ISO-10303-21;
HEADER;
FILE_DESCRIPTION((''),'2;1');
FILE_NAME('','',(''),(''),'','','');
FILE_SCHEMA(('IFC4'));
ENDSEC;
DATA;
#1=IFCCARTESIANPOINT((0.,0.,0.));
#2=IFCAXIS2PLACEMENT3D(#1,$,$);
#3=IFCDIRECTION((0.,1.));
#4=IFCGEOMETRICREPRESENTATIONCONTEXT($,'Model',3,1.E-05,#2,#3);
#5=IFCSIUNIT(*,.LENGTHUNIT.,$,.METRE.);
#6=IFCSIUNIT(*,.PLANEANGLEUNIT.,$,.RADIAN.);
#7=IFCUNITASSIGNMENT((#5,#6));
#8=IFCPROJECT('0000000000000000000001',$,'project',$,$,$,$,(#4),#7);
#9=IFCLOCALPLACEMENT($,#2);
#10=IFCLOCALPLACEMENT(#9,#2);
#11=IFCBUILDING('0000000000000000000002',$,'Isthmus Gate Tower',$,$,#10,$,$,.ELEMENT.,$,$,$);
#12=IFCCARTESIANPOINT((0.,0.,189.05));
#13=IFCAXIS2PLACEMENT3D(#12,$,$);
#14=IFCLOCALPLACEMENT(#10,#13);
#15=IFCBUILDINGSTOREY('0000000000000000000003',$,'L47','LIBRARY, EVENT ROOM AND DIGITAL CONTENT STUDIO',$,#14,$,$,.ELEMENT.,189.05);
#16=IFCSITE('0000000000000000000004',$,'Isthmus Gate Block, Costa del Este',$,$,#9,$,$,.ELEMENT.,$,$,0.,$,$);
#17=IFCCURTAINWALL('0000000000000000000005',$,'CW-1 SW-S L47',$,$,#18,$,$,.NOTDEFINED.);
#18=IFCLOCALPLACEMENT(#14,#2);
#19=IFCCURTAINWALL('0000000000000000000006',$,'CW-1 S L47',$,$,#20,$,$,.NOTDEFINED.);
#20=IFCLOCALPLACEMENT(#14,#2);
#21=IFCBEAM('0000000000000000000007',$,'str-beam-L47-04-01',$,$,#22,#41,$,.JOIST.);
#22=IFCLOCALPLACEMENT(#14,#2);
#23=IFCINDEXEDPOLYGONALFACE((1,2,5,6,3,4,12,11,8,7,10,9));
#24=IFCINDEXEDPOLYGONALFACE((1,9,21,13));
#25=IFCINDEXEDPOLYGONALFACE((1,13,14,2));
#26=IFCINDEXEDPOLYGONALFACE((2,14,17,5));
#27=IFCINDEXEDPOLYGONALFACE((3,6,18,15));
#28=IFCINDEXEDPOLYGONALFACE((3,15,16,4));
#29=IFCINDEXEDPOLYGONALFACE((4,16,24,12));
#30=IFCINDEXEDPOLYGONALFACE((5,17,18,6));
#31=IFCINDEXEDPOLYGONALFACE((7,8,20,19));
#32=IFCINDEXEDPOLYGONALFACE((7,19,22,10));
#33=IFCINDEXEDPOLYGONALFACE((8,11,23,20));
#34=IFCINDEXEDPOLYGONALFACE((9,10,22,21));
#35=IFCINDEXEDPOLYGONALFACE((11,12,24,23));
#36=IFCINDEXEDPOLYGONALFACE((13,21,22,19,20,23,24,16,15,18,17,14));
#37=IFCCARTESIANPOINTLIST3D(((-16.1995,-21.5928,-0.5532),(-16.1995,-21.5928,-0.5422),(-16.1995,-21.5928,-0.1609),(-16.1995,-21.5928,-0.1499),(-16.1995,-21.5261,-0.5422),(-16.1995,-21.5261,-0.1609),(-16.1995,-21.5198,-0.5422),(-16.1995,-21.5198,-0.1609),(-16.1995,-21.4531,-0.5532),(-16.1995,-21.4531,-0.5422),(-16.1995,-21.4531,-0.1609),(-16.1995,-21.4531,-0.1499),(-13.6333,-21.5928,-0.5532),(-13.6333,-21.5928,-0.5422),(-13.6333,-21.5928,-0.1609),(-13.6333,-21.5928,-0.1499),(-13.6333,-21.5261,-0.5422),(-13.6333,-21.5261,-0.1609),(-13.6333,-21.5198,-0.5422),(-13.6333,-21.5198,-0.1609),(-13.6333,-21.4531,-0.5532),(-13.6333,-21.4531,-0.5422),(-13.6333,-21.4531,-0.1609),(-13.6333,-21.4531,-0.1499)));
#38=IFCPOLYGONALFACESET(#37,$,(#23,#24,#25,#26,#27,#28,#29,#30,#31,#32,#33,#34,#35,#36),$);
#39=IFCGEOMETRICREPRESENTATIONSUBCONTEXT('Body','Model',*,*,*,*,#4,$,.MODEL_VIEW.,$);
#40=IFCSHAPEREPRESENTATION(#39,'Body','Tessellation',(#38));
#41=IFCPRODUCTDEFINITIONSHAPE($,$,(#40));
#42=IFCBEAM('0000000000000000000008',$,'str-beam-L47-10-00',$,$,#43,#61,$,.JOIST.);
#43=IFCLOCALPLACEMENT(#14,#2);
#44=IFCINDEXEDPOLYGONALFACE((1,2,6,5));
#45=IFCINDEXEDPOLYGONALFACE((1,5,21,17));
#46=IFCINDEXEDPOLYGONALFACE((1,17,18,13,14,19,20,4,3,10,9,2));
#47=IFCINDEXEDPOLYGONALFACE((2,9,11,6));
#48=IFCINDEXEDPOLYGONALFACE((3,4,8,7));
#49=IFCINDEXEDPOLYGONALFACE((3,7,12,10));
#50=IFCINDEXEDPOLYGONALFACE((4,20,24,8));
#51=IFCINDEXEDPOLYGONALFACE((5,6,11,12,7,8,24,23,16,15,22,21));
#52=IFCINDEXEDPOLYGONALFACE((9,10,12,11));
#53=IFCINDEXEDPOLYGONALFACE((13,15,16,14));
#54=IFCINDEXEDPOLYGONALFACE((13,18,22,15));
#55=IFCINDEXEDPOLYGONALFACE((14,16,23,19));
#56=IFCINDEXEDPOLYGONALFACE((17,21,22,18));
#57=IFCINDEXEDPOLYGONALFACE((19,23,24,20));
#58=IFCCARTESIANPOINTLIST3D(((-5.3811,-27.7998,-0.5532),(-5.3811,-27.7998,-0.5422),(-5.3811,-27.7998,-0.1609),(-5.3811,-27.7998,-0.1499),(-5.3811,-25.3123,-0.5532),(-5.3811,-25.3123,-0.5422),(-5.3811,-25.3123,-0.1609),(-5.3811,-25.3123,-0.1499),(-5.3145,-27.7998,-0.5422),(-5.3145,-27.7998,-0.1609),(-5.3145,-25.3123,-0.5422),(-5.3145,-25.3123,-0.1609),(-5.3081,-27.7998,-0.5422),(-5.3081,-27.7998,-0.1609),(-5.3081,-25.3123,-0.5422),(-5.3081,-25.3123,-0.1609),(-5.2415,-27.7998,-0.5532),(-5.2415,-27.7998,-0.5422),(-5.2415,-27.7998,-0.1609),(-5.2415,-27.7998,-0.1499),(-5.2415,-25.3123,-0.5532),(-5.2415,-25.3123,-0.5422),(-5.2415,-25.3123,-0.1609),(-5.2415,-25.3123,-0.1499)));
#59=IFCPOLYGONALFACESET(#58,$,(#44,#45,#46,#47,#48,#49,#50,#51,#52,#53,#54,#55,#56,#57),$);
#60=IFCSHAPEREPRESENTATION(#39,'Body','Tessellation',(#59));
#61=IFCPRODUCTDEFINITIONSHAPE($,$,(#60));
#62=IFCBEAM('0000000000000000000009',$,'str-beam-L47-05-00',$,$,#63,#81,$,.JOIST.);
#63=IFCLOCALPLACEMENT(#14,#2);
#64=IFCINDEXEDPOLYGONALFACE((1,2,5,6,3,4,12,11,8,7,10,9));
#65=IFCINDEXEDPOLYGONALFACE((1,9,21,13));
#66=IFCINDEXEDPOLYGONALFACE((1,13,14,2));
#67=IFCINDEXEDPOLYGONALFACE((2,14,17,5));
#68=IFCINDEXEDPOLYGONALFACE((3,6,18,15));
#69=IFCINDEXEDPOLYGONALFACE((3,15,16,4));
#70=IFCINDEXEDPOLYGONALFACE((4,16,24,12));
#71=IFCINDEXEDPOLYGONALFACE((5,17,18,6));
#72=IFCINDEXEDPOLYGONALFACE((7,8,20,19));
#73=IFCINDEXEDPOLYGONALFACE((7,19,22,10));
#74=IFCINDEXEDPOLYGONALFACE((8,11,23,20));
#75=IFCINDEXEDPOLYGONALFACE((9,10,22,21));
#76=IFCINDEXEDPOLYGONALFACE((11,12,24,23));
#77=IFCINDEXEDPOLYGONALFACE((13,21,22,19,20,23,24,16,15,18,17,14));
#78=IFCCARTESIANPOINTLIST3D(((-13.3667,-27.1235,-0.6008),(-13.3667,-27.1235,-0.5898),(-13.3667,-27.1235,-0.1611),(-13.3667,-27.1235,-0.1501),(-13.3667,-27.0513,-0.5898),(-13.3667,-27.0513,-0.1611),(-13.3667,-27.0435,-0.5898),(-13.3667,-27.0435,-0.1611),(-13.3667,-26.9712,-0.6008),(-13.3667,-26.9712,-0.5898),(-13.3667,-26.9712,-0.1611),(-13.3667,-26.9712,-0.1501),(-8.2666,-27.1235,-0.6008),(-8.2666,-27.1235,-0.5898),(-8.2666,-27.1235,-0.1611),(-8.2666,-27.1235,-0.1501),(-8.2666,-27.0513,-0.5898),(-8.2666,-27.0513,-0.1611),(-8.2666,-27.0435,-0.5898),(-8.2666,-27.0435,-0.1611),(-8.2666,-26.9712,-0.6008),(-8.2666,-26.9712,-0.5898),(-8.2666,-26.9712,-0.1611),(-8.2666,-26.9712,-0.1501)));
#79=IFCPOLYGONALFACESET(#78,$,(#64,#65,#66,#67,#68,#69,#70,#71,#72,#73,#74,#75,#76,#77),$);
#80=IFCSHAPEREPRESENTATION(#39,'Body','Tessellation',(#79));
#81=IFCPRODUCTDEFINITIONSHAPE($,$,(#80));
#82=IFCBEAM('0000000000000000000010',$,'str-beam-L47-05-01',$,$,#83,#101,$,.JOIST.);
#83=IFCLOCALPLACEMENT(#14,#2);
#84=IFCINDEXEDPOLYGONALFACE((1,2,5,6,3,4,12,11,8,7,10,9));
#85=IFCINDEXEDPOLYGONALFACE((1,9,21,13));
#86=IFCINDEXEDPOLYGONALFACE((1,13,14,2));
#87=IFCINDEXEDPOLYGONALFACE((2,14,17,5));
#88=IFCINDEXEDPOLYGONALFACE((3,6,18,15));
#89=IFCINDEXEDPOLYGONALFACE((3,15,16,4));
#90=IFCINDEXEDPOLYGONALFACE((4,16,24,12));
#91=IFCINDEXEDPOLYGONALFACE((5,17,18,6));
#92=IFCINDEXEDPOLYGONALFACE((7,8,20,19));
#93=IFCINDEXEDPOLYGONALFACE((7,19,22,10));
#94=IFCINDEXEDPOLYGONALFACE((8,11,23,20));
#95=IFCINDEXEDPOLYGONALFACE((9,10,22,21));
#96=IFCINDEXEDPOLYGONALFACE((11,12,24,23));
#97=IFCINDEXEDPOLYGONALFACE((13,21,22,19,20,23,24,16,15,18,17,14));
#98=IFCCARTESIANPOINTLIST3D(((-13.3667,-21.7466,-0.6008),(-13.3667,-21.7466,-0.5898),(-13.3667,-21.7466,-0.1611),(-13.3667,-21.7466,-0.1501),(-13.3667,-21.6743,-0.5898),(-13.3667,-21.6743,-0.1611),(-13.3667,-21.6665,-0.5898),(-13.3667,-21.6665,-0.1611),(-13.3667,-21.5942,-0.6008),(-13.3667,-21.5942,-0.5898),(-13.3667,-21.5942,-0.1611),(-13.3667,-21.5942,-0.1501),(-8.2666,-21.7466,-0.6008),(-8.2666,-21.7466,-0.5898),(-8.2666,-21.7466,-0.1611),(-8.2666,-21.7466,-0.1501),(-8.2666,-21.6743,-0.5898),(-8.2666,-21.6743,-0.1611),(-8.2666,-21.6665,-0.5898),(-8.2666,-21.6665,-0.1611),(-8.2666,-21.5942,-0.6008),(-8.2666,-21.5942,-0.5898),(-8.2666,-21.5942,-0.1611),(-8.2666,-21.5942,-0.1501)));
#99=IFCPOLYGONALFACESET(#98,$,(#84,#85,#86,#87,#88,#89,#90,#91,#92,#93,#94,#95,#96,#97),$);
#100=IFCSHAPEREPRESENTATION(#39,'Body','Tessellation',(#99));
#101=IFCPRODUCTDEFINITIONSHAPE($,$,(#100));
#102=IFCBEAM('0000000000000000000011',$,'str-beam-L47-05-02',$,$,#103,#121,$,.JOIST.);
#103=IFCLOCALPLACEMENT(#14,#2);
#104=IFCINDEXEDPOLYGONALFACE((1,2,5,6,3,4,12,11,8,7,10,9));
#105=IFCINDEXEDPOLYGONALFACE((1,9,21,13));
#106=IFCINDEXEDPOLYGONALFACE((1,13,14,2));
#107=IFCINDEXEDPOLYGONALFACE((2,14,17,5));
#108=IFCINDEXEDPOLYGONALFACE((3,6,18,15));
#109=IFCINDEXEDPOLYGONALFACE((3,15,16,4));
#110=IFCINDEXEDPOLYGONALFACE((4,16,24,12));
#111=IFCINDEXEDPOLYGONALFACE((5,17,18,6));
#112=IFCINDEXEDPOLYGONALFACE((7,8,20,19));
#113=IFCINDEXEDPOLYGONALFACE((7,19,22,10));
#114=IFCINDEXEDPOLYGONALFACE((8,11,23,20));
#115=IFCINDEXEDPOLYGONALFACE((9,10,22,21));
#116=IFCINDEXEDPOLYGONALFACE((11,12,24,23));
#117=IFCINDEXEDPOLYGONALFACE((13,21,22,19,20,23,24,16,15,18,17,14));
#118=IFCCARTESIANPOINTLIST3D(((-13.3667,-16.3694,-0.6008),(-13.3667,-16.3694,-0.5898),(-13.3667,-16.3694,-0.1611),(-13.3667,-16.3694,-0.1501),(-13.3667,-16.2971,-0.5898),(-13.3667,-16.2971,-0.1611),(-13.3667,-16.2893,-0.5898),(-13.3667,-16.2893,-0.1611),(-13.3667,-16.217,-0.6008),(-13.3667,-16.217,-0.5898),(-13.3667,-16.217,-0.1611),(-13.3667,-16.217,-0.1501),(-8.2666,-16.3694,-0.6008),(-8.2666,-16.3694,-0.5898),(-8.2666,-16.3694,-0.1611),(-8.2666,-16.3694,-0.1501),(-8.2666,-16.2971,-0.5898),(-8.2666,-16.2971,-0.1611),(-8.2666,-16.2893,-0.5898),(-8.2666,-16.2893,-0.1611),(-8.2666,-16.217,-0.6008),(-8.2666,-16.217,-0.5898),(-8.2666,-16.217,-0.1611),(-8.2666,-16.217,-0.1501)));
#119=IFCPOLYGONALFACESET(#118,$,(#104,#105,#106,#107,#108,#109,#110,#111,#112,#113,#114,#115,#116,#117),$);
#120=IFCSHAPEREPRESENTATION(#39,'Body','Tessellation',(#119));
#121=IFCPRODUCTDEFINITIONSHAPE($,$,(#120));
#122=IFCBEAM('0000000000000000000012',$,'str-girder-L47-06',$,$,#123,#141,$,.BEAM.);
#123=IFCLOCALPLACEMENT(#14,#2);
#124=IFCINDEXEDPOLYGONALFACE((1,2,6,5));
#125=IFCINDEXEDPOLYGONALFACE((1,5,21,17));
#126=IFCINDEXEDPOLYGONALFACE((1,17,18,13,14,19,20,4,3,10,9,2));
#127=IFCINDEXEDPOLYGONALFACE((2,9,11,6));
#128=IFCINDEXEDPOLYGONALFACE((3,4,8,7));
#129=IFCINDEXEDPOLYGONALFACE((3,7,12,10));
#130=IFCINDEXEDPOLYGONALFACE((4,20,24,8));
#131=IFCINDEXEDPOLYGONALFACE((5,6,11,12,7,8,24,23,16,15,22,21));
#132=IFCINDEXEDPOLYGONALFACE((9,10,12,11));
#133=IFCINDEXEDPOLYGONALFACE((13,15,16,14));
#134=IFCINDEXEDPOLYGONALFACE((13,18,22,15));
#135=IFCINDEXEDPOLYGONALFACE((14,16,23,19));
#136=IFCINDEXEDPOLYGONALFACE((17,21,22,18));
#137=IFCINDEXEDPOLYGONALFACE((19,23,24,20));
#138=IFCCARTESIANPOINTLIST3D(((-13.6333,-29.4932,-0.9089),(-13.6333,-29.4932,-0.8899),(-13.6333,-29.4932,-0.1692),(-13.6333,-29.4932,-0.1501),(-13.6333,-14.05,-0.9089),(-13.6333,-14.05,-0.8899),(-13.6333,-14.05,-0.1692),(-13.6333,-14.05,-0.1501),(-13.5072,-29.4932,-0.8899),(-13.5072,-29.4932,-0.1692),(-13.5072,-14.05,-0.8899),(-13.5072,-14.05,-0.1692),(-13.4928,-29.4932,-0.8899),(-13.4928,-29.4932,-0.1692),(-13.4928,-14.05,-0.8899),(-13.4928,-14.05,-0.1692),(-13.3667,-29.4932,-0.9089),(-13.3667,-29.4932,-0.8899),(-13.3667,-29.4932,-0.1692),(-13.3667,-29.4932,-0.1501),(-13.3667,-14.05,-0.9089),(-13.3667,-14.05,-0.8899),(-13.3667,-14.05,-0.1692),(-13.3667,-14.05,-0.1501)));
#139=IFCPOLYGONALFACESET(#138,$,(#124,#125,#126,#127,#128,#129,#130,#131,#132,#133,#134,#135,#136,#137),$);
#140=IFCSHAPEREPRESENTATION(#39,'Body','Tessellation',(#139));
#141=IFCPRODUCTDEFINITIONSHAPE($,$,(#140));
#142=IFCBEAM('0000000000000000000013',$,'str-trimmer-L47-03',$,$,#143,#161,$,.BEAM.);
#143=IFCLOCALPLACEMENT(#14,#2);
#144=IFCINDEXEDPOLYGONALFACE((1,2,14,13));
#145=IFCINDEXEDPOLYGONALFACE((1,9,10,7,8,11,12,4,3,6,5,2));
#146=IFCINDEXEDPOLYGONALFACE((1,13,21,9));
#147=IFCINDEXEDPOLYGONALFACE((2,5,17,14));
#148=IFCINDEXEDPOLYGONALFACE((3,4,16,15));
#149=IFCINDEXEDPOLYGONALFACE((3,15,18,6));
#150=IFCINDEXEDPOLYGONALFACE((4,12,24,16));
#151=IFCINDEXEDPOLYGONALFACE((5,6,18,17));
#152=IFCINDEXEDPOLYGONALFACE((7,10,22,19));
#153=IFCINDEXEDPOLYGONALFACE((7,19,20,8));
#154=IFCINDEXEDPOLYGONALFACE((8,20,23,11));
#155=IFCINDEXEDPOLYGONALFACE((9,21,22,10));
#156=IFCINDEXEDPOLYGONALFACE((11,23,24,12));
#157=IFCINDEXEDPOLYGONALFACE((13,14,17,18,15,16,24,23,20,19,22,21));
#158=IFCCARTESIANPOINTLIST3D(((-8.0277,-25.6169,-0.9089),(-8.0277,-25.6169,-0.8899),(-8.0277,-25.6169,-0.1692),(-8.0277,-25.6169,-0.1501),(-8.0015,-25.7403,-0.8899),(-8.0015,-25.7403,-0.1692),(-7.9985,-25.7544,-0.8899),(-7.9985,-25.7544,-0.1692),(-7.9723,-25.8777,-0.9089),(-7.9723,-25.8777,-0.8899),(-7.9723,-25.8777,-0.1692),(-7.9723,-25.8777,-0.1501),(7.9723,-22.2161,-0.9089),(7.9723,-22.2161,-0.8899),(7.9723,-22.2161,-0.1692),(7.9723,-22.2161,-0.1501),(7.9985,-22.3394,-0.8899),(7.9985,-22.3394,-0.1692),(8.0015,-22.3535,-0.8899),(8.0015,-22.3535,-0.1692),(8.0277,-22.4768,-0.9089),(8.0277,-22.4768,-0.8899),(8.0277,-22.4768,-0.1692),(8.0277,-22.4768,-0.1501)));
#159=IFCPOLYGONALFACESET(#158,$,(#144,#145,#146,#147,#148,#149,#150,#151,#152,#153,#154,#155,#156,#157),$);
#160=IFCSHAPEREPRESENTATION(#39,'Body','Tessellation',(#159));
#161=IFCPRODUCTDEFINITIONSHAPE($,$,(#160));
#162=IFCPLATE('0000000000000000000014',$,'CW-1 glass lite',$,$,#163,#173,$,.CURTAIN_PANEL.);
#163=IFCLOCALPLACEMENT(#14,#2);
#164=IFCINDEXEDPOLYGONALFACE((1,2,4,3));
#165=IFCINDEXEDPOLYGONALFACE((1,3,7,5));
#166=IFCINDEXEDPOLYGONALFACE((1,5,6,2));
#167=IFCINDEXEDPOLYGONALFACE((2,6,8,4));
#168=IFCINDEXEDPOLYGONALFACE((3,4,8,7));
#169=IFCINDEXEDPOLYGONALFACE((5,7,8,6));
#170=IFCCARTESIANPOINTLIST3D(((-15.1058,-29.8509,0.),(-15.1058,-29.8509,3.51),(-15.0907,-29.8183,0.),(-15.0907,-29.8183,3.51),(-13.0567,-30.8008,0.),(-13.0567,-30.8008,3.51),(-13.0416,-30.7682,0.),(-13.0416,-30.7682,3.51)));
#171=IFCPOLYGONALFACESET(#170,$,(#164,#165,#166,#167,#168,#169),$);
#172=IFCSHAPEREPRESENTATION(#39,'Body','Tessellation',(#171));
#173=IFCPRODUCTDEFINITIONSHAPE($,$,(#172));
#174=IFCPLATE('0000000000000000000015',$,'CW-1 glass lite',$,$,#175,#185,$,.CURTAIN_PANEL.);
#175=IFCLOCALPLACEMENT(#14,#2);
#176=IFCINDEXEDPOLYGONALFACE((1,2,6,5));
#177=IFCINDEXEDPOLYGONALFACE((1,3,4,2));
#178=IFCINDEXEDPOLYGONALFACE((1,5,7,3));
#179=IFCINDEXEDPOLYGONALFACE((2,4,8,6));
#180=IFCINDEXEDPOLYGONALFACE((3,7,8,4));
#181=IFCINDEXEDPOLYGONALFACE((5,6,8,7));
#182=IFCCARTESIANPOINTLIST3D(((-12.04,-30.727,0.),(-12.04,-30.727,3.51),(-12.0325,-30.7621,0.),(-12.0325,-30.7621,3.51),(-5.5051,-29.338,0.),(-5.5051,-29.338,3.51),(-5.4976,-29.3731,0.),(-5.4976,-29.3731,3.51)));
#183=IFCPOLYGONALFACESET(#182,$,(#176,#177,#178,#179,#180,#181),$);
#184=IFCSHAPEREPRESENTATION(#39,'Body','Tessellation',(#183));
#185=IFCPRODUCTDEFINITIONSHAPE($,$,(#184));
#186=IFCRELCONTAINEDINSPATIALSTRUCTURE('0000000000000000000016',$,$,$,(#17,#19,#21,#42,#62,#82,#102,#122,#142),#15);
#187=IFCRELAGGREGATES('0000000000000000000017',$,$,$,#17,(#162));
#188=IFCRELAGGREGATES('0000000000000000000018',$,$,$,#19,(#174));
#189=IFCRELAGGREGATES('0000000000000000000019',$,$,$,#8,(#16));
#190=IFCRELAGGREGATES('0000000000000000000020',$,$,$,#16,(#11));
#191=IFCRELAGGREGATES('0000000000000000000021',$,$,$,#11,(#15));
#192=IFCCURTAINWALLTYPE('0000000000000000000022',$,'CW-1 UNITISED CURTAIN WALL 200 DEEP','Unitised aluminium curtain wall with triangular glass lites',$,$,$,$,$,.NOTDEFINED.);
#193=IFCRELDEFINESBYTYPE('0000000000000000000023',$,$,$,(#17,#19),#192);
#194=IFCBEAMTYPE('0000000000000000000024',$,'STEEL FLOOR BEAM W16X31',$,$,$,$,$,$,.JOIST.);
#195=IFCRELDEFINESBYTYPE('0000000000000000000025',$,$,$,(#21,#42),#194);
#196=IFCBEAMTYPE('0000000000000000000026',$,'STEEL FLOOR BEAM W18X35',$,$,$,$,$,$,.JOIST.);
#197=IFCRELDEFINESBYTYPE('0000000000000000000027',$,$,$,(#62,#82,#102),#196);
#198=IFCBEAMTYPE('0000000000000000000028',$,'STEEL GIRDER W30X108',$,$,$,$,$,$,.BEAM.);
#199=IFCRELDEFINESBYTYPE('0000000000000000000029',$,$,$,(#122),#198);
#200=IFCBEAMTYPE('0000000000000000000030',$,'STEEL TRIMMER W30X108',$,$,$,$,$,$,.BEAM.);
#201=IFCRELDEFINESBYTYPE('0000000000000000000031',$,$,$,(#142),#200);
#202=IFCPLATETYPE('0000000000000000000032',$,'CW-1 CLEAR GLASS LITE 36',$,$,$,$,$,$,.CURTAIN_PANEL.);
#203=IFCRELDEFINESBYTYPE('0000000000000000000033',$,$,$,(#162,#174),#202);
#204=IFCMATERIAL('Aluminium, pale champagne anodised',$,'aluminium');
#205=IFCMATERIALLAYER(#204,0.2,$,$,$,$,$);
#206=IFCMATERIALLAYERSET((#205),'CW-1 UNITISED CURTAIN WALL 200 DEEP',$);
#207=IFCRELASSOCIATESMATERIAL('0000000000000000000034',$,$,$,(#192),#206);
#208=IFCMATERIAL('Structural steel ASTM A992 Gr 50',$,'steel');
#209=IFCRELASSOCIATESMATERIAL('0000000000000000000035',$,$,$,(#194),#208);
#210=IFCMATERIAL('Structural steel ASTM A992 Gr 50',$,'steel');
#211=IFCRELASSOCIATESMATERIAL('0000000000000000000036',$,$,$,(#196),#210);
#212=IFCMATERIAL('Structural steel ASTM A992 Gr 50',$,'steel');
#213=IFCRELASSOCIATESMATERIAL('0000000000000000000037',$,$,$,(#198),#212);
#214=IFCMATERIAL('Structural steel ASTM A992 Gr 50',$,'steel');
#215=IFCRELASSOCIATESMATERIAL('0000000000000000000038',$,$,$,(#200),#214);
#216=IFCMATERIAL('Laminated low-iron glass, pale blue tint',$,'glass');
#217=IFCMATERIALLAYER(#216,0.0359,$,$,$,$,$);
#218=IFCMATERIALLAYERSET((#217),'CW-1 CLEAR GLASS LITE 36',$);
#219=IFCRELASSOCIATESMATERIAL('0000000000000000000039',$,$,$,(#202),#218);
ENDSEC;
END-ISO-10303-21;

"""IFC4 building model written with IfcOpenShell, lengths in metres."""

from ifc_helpers import new_model, si_unit, direction, frame, origin, origin_2d, place, context, subcontext, project, spatial, rectangle, i_section, extrude, material, layer, layer_set, material_profile, profile_set, type_object, element, aggregate, save


model = new_model("IFC4")

# Units and contexts
model_context = context("Model", 3, precision=1e-05, world=origin(), true_north=direction((0.0, 1.0)))
body_context = subcontext(model_context, "Body", "Model", "MODEL_VIEW")
ifc_project = project(units=[si_unit("LENGTHUNIT", "METRE"), si_unit("PLANEANGLEUNIT", "RADIAN")], contexts=[model_context])

# Site, building, storey
site_placement = place(None, origin())
site = spatial("IfcSite", under=ifc_project, at=site_placement, Name="Isthmus Gate Block, Costa del Este", CompositionType="ELEMENT", RefElevation=0.0)
building_placement = place(site_placement, origin())
building = spatial("IfcBuilding", under=site, at=building_placement, Name="Isthmus Gate Tower", CompositionType="ELEMENT")
storey_placement = place(building_placement, frame((0.0, 0.0, 189.05)))
storey = spatial("IfcBuildingStorey", under=building, at=storey_placement, Name="L47", Description="LIBRARY, EVENT ROOM AND DIGITAL CONTENT STUDIO", CompositionType="ELEMENT", Elevation=189.05)

# Curtain walls
ifc_material_1 = material(Name="Aluminium, pale champagne anodised", Category="aluminium")
ifc_layer_1 = layer(ifc_material_1, 0.2)
ifc_layer_set_1 = layer_set([ifc_layer_1], Name="CW-1 UNITISED CURTAIN WALL 200 DEEP")
curtain_wall_type_1 = type_object("IfcCurtainWallType", Name="CW-1 UNITISED CURTAIN WALL 200 DEEP", Description="Unitised aluminium curtain wall with triangular glass lites", PredefinedType="NOTDEFINED", material=ifc_layer_set_1)
curtain_wall_1_placement = place(storey_placement, origin())
curtain_wall_1 = element("IfcCurtainWall", 1, at=curtain_wall_1_placement, inside=storey, type_object=curtain_wall_type_1, Name="CW-1 SW-S L47", PredefinedType="NOTDEFINED")
curtain_wall_2_placement = place(storey_placement, origin())
curtain_wall_2 = element("IfcCurtainWall", 2, at=curtain_wall_2_placement, inside=storey, type_object=curtain_wall_type_1, Name="CW-1 S L47", PredefinedType="NOTDEFINED")

# Beams
ifc_material_2 = material(Name="Structural steel ASTM A992 Gr 50", Category="steel")
ifc_material_profile_1 = material_profile(ifc_material_2, i_section(OverallWidth=0.1396, OverallDepth=0.4033, WebThickness=0.0063, FlangeThickness=0.011, at=origin_2d()), Name="W16X31")
ifc_profile_set_1 = profile_set([ifc_material_profile_1], Name="Structural steel ASTM A992 Gr 50")
beam_type_1 = type_object("IfcBeamType", Name="STEEL FLOOR BEAM W16X31", PredefinedType="JOIST", material=ifc_profile_set_1)
beam_1_placement = place(storey_placement, frame((-16.1995, -21.5229, -0.3516), z_axis=(1.0, 0.0, 0.0), x_axis=(0.0, 1.0, 0.0)))
element("IfcBeam", 3, at=beam_1_placement, inside=storey, type_object=beam_type_1, Name="str-beam-L47-04-01", PredefinedType="JOIST", context=body_context, shape_type="SweptSolid", body=[
    extrude(i_section(OverallWidth=0.1396, OverallDepth=0.4033, WebThickness=0.0063, FlangeThickness=0.011, at=origin_2d()), origin(), (0.0, 0.0, 1.0), 2.5662),
])
beam_2_placement = place(storey_placement, frame((-5.3113, -27.7998, -0.3516), z_axis=(0.0, 1.0, 0.0), x_axis=(-1.0, 0.0, 0.0)))
element("IfcBeam", 4, at=beam_2_placement, inside=storey, type_object=beam_type_1, Name="str-beam-L47-10-00", PredefinedType="JOIST", context=body_context, shape_type="SweptSolid", body=[
    extrude(i_section(OverallWidth=0.1396, OverallDepth=0.4033, WebThickness=0.0063, FlangeThickness=0.011, at=origin_2d()), origin(), (0.0, 0.0, 1.0), 2.4875),
])
ifc_material_3 = material(Name="Structural steel ASTM A992 Gr 50", Category="steel")
ifc_material_profile_2 = material_profile(ifc_material_3, i_section(OverallWidth=0.1523, OverallDepth=0.4507, WebThickness=0.0078, FlangeThickness=0.011, at=origin_2d()), Name="W18X35")
ifc_profile_set_2 = profile_set([ifc_material_profile_2], Name="Structural steel ASTM A992 Gr 50")
beam_type_2 = type_object("IfcBeamType", Name="STEEL FLOOR BEAM W18X35", PredefinedType="JOIST", material=ifc_profile_set_2)
for number, where, z_axis, x_axis, name in (
    (5, (-13.3667, -27.0474, -0.3755), (1.0, 0.0, 0.0), (0.0, 1.0, 0.0), "str-beam-L47-05-00"),
    (6, (-13.3667, -21.6704, -0.3755), (1.0, 0.0, 0.0), (0.0, 1.0, 0.0), "str-beam-L47-05-01"),
    (7, (-13.3667, -16.2932, -0.3755), (1.0, 0.0, 0.0), (0.0, 1.0, 0.0), "str-beam-L47-05-02"),
):
    element("IfcBeam", number, at=place(storey_placement, frame(where, z_axis=z_axis, x_axis=x_axis)), inside=storey, type_object=beam_type_2, Name=name, PredefinedType="JOIST", context=body_context, shape_type="SweptSolid", body=[
        extrude(i_section(OverallWidth=0.1523, OverallDepth=0.4507, WebThickness=0.0078, FlangeThickness=0.011, at=origin_2d()), origin(), (0.0, 0.0, 1.0), 5.1001),
    ])
ifc_material_4 = material(Name="Structural steel ASTM A992 Gr 50", Category="steel")
ifc_material_profile_3 = material_profile(ifc_material_4, i_section(OverallWidth=0.2666, OverallDepth=0.7588, WebThickness=0.0144, FlangeThickness=0.019, at=origin_2d()), Name="W30X108")
ifc_profile_set_3 = profile_set([ifc_material_profile_3], Name="Structural steel ASTM A992 Gr 50")
beam_type_3 = type_object("IfcBeamType", Name="STEEL GIRDER W30X108", PredefinedType="BEAM", material=ifc_profile_set_3)
beam_3_placement = place(storey_placement, frame((-13.5, -29.4932, -0.5295), z_axis=(0.0, 1.0, 0.0), x_axis=(-1.0, 0.0, 0.0)))
element("IfcBeam", 8, at=beam_3_placement, inside=storey, type_object=beam_type_3, Name="str-girder-L47-06", PredefinedType="BEAM", context=body_context, shape_type="SweptSolid", body=[
    extrude(i_section(OverallWidth=0.2666, OverallDepth=0.7588, WebThickness=0.0144, FlangeThickness=0.019, at=origin_2d()), origin(), (0.0, 0.0, 1.0), 15.4431),
])
ifc_material_5 = material(Name="Structural steel ASTM A992 Gr 50", Category="steel")
ifc_material_profile_4 = material_profile(ifc_material_5, i_section(OverallWidth=0.2666, OverallDepth=0.7588, WebThickness=0.0144, FlangeThickness=0.019, at=origin_2d()), Name="W30X108")
ifc_profile_set_4 = profile_set([ifc_material_profile_4], Name="Structural steel ASTM A992 Gr 50")
beam_type_4 = type_object("IfcBeamType", Name="STEEL TRIMMER W30X108", PredefinedType="BEAM", material=ifc_profile_set_4)
beam_4_placement = place(storey_placement, frame((-8.0, -25.7473, -0.5295), z_axis=(0.978148, 0.20791, 0.0), x_axis=(-0.20791, 0.978148, 0.0)))
element("IfcBeam", 9, at=beam_4_placement, inside=storey, type_object=beam_type_4, Name="str-trimmer-L47-03", PredefinedType="BEAM", context=body_context, shape_type="SweptSolid", body=[
    extrude(i_section(OverallWidth=0.2666, OverallDepth=0.7588, WebThickness=0.0144, FlangeThickness=0.019, at=origin_2d()), origin(), (0.0, 0.0, 1.0), 16.3574),
])

# Plates
ifc_material_6 = material(Name="Laminated low-iron glass, pale blue tint", Category="glass")
ifc_layer_2 = layer(ifc_material_6, 0.0359)
ifc_layer_set_2 = layer_set([ifc_layer_2], Name="CW-1 CLEAR GLASS LITE 36")
plate_type_1 = type_object("IfcPlateType", Name="CW-1 CLEAR GLASS LITE 36", PredefinedType="CURTAIN_PANEL", material=ifc_layer_set_2)
plate_1_placement = place(storey_placement, frame((-14.0737, -30.3096, 0.0), z_axis=(0.0, 0.0, 1.0), x_axis=(0.907256, -0.420578, 0.0)))
plate_1 = element("IfcPlate", 10, at=plate_1_placement, type_object=plate_type_1, Name="CW-1 glass lite", PredefinedType="CURTAIN_PANEL", context=body_context, shape_type="SweptSolid", body=[
    extrude(rectangle(XDim=2.2585, YDim=0.0359, at=origin_2d()), origin(), (0.0, 0.0, 1.0), 3.51),
])
aggregate(curtain_wall_1, [plate_1])
plate_2_placement = place(storey_placement, frame((-8.7688, -30.05, 0.0), z_axis=(0.0, 0.0, 1.0), x_axis=(0.978148, 0.207912, 0.0)))
plate_2 = element("IfcPlate", 11, at=plate_2_placement, type_object=plate_type_1, Name="CW-1 glass lite", PredefinedType="CURTAIN_PANEL", context=body_context, shape_type="SweptSolid", body=[
    extrude(rectangle(XDim=6.6809, YDim=0.0359, at=origin_2d()), origin(), (0.0, 0.0, 1.0), 3.51),
])
aggregate(curtain_wall_2, [plate_2])

save(model, "model.ifc")
